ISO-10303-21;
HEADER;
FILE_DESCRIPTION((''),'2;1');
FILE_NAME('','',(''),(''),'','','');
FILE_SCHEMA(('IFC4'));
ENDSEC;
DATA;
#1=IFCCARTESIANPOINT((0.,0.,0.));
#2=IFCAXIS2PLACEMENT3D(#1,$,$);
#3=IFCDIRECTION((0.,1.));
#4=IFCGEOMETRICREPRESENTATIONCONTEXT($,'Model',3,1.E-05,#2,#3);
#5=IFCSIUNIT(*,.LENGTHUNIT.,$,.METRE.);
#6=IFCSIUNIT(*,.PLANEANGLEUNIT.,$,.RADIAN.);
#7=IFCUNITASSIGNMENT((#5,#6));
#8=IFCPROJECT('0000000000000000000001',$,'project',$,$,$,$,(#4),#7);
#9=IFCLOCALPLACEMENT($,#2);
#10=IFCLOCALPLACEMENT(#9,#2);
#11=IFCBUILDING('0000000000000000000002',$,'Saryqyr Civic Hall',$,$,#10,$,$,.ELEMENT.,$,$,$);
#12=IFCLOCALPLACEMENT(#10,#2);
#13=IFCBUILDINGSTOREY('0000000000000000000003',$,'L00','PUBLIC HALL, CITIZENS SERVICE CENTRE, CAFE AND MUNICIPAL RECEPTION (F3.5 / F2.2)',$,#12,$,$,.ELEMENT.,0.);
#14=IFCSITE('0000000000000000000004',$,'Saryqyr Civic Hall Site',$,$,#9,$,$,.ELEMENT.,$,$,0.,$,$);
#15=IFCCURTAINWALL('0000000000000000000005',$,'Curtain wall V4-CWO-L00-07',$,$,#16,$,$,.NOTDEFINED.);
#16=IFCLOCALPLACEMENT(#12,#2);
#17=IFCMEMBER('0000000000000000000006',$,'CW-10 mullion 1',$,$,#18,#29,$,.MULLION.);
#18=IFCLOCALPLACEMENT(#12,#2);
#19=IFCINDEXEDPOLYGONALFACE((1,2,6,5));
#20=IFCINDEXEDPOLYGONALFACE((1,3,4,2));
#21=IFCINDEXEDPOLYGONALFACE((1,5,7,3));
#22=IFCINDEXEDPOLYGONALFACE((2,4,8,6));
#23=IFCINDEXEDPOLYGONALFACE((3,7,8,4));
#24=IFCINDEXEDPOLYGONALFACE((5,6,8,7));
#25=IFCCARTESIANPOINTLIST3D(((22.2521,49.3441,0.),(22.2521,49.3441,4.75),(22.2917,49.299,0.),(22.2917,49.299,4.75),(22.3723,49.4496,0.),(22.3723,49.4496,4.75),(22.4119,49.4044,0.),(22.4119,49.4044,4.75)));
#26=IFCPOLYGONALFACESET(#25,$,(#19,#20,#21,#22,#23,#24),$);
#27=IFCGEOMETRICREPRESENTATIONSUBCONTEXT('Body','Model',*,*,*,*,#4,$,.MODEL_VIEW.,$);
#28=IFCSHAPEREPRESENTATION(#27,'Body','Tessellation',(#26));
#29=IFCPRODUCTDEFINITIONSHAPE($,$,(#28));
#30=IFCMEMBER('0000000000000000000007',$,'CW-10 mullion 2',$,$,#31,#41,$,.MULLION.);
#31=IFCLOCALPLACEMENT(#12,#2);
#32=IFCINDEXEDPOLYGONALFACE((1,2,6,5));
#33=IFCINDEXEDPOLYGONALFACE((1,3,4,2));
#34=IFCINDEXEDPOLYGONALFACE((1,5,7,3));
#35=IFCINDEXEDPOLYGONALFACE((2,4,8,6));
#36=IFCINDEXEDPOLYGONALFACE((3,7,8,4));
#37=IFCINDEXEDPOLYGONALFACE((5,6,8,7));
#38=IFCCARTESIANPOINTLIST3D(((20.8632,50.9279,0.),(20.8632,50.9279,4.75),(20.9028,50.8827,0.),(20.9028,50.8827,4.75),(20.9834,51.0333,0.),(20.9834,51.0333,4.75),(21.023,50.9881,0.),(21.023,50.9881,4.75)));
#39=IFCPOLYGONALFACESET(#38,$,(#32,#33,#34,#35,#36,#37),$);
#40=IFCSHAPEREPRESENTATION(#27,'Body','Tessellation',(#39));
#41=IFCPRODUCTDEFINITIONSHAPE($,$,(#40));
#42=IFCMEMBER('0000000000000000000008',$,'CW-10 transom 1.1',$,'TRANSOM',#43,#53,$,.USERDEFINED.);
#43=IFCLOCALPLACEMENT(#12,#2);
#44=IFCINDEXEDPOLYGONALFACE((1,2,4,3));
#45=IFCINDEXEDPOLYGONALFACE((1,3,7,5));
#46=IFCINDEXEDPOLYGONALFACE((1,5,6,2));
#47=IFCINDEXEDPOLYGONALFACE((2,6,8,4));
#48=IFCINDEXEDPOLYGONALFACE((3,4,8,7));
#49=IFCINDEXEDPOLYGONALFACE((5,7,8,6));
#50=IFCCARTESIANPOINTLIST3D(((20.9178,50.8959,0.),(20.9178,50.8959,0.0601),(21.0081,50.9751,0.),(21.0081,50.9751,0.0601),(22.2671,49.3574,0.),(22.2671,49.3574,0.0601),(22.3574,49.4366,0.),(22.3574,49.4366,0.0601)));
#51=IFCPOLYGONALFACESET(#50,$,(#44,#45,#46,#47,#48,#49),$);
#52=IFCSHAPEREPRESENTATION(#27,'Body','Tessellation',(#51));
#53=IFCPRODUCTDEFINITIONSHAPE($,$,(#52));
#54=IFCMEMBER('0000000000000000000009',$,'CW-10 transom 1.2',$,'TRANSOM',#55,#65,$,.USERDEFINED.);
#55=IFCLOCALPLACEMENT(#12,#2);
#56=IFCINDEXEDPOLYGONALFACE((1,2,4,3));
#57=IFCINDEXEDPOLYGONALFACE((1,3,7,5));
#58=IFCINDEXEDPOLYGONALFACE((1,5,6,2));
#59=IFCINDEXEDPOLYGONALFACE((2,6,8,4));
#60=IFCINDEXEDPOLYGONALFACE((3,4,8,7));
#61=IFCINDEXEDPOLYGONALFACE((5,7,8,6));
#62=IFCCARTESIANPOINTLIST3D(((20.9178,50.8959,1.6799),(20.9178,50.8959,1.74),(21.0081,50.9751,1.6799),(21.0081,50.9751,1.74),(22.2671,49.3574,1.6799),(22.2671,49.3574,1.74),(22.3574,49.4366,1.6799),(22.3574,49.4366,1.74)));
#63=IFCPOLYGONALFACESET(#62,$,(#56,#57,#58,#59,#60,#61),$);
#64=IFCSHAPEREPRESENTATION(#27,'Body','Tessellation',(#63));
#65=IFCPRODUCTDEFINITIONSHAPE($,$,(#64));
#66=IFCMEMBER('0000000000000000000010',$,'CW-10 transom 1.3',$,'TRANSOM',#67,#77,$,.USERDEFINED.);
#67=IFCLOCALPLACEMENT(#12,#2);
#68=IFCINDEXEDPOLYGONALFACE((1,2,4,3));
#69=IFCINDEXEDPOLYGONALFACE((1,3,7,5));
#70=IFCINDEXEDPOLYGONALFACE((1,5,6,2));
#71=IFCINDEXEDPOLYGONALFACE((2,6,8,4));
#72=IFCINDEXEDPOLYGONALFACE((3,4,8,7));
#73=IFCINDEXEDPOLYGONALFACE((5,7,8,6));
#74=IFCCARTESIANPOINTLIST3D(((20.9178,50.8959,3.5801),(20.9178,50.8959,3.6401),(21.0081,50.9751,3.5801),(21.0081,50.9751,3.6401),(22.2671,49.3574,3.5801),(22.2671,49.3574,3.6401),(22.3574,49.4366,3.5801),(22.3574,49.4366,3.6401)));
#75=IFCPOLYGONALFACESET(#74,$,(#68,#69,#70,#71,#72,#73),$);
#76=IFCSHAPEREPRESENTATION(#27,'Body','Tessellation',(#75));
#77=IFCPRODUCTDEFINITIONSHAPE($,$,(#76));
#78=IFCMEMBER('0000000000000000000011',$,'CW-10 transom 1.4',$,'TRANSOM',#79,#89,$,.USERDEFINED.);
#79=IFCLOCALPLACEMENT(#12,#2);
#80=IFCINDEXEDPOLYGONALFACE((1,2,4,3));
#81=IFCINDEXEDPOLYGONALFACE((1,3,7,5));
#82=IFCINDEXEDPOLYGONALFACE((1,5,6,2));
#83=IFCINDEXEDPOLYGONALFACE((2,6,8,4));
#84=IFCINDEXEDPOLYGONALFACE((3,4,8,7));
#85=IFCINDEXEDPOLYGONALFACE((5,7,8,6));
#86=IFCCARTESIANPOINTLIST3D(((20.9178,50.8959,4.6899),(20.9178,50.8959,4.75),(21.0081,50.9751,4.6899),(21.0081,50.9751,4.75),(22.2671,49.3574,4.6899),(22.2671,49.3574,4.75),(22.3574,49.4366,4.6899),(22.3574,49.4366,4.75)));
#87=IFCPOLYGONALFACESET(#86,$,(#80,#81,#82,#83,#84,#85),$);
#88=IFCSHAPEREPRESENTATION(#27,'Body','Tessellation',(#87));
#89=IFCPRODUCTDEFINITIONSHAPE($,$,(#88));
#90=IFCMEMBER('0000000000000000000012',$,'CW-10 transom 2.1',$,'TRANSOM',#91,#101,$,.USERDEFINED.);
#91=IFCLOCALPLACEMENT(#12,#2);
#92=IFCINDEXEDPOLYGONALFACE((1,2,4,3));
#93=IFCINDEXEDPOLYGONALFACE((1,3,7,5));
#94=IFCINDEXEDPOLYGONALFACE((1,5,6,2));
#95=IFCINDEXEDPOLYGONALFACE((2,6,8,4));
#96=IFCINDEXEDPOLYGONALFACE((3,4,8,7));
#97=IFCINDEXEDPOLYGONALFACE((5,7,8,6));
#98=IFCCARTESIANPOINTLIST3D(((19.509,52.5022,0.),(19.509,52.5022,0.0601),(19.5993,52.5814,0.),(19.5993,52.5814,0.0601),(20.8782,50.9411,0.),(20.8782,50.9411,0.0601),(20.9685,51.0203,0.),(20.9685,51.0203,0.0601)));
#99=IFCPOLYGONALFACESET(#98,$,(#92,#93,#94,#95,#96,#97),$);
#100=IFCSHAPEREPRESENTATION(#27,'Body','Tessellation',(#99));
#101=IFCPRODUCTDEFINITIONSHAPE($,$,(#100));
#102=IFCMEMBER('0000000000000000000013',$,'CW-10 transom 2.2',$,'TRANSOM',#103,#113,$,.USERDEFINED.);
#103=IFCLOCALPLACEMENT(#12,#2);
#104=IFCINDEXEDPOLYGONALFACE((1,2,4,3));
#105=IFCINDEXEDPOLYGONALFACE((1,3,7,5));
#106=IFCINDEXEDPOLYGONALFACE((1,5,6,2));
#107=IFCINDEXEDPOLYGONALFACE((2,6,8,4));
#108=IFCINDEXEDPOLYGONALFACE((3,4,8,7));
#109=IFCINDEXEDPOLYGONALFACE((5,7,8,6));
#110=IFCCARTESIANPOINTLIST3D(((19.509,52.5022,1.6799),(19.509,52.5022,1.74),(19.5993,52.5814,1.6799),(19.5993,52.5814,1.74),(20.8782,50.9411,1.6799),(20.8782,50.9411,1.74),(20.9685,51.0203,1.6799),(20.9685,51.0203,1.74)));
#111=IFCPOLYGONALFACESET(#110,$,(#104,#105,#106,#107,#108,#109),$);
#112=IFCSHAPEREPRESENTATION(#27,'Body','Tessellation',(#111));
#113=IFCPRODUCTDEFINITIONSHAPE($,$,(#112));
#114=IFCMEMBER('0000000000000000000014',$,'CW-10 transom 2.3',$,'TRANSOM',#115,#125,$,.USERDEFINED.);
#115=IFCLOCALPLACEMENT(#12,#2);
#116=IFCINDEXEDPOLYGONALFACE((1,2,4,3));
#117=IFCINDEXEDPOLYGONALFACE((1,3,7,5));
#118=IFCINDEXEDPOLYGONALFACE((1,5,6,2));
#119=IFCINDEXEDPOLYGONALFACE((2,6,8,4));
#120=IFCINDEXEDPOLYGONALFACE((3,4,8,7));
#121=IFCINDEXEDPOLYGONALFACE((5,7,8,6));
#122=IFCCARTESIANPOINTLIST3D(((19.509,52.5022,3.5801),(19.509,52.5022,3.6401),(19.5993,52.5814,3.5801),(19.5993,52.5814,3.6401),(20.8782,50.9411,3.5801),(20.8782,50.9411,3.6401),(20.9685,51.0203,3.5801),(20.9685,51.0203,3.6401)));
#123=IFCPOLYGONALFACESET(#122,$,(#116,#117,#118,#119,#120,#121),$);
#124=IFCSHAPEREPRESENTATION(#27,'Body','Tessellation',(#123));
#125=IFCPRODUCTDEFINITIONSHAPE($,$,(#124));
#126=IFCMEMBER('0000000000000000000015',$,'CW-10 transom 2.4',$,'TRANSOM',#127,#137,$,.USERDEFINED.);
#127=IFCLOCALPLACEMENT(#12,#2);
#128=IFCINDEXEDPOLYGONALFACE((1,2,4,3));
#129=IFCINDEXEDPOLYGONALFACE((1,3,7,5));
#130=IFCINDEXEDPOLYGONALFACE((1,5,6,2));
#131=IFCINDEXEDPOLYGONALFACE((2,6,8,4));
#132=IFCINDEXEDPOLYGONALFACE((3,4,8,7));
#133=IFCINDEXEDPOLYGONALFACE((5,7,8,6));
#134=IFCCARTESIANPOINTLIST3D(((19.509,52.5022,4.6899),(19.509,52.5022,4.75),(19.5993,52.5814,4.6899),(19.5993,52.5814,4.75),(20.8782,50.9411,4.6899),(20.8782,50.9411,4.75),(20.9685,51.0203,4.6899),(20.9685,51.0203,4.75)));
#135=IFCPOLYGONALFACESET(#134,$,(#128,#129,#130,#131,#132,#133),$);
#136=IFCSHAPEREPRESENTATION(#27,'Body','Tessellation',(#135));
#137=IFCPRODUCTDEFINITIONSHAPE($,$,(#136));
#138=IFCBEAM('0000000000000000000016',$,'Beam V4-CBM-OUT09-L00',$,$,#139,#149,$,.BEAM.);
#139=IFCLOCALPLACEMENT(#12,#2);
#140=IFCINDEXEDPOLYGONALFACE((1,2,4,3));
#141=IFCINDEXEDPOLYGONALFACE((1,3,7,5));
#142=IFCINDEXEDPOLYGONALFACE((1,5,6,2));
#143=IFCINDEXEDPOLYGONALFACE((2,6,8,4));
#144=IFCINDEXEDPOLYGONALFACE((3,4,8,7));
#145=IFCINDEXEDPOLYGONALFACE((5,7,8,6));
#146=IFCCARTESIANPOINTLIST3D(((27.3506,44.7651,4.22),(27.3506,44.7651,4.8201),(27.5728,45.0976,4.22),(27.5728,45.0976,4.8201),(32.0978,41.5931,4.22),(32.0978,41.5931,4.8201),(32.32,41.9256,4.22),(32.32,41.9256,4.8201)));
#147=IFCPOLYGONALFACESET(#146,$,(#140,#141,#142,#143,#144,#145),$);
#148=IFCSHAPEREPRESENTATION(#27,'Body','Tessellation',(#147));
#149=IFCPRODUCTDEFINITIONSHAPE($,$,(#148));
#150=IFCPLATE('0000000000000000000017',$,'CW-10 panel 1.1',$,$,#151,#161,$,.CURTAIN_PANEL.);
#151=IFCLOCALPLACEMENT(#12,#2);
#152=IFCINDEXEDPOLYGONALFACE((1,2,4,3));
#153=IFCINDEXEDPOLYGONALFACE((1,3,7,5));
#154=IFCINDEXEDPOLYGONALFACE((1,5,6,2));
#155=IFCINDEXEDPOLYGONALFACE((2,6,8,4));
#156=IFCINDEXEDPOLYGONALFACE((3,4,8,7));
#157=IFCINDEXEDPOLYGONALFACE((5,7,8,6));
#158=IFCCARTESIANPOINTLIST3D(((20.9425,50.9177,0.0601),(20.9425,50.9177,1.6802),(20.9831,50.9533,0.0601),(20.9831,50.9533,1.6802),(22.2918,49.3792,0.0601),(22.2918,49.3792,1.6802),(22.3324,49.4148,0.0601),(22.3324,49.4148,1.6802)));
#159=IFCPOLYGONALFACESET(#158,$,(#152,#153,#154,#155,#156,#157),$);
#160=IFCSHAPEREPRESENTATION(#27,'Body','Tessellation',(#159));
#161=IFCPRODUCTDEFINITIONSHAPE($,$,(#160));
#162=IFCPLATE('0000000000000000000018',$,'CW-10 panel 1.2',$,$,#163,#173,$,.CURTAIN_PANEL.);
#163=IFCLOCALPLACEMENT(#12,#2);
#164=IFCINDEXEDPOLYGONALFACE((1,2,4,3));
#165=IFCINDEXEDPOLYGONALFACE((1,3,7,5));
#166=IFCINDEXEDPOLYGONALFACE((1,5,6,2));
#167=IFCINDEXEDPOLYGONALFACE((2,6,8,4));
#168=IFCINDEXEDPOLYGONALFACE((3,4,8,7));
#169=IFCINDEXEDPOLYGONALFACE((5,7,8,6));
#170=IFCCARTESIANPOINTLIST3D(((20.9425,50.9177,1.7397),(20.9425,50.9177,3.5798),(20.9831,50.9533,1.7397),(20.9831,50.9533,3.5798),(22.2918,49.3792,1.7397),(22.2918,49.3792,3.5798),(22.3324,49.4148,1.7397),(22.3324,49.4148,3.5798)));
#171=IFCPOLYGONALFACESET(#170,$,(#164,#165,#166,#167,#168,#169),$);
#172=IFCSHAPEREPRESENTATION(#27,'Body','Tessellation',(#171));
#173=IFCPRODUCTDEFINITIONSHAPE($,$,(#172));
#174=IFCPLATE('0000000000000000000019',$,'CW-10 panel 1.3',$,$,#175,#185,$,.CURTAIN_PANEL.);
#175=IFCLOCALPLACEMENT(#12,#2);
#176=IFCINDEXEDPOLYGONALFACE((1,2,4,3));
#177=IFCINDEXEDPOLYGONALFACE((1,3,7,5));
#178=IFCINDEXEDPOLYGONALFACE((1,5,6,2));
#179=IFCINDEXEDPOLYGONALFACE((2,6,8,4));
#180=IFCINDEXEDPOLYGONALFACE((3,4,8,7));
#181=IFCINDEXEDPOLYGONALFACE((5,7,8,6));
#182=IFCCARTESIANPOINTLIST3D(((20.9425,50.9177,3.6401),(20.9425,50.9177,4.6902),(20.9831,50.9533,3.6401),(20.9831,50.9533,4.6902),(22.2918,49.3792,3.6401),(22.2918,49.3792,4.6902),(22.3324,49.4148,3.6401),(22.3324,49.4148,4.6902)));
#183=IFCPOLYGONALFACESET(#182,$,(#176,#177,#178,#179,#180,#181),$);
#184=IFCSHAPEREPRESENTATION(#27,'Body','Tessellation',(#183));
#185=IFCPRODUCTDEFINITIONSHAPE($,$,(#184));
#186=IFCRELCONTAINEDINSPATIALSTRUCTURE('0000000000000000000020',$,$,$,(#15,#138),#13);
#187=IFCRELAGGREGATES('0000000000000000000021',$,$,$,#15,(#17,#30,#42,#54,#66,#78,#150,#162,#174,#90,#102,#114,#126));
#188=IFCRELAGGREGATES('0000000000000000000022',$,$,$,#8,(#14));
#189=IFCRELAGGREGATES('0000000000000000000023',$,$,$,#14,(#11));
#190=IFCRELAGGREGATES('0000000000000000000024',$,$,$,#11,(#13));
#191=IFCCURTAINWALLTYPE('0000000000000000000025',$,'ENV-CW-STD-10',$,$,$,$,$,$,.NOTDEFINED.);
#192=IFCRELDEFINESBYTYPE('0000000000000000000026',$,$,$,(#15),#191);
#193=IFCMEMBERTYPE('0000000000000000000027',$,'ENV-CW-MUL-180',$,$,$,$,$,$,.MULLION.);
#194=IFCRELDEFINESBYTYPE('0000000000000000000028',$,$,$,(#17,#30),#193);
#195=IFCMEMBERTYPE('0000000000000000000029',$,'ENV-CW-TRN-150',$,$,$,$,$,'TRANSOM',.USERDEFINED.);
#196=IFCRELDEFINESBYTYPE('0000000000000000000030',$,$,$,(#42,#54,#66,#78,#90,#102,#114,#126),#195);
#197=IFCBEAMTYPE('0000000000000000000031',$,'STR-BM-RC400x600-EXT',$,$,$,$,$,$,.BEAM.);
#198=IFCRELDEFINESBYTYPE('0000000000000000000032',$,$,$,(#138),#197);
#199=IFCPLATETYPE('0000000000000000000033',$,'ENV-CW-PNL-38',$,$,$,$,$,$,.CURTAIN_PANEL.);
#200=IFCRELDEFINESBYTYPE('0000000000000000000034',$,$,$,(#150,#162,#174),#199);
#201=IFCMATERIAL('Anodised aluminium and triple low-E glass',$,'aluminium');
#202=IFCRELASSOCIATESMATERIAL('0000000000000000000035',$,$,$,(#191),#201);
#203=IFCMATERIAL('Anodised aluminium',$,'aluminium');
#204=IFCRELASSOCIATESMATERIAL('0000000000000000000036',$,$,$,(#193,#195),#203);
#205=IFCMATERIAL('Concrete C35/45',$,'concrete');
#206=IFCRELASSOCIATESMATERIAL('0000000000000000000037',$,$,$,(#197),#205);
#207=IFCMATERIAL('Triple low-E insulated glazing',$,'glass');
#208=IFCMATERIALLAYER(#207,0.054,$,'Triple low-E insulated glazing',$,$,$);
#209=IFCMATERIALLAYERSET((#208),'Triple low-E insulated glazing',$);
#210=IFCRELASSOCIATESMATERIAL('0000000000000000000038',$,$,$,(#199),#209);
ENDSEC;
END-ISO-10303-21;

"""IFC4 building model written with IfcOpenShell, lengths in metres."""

from ifc_helpers import new_model, si_unit, direction, frame, origin, origin_2d, place, context, subcontext, project, spatial, rectangle, extrude, material, layer, layer_set, material_profile, profile_set, type_object, element, aggregate, save


model = new_model("IFC4")

# Units and contexts
model_context = context("Model", 3, precision=1e-05, world=origin(), true_north=direction((0.0, 1.0)))
body_context = subcontext(model_context, "Body", "Model", "MODEL_VIEW")
ifc_project = project(units=[si_unit("LENGTHUNIT", "METRE"), si_unit("PLANEANGLEUNIT", "RADIAN")], contexts=[model_context])

# Site, building, storey
site_placement = place(None, origin())
site = spatial("IfcSite", under=ifc_project, at=site_placement, Name="Saryqyr Civic Hall Site", CompositionType="ELEMENT", RefElevation=0.0)
building_placement = place(site_placement, origin())
building = spatial("IfcBuilding", under=site, at=building_placement, Name="Saryqyr Civic Hall", CompositionType="ELEMENT")
storey_placement = place(building_placement, origin())
storey = spatial("IfcBuildingStorey", under=building, at=storey_placement, Name="L00", Description="PUBLIC HALL, CITIZENS SERVICE CENTRE, CAFE AND MUNICIPAL RECEPTION (F3.5 / F2.2)", CompositionType="ELEMENT", Elevation=0.0)

# Curtain wall, members
ifc_material_1 = material(Name="Anodised aluminium and triple low-E glass", Category="aluminium")
curtain_wall_type = type_object("IfcCurtainWallType", Name="ENV-CW-STD-10", PredefinedType="NOTDEFINED", material=ifc_material_1)
curtain_wall_placement = place(storey_placement, origin())
curtain_wall = element("IfcCurtainWall", 1, at=curtain_wall_placement, inside=storey, type_object=curtain_wall_type, Name="Curtain wall V4-CWO-L00-07", PredefinedType="NOTDEFINED")
ifc_material_2 = material(Name="Anodised aluminium", Category="aluminium")
ifc_material_profile_1 = material_profile(ifc_material_2, rectangle(XDim=0.0601, YDim=0.1599, at=origin_2d()), Name="ALU MULLION 60x160")
ifc_profile_set_1 = profile_set([ifc_material_profile_1], Name="Anodised aluminium")
member_type_1 = type_object("IfcMemberType", Name="ENV-CW-MUL-180", PredefinedType="MULLION", material=ifc_profile_set_1)
member_1_placement = place(storey_placement, frame((22.332, 49.3743, 0.0), z_axis=(0.0, 0.0, 1.0), x_axis=(-0.659349, 0.751837, 0.0)))
member_1 = element("IfcMember", 2, at=member_1_placement, type_object=member_type_1, Name="CW-10 mullion 1", PredefinedType="MULLION", context=body_context, shape_type="SweptSolid", body=[
    extrude(rectangle(XDim=0.0601, YDim=0.1599, at=origin_2d()), origin(), (0.0, 0.0, 1.0), 4.75),
])
member_2_placement = place(storey_placement, frame((20.9431, 50.958, 0.0), z_axis=(0.0, 0.0, 1.0), x_axis=(-0.659349, 0.751837, 0.0)))
member_2 = element("IfcMember", 3, at=member_2_placement, type_object=member_type_1, Name="CW-10 mullion 2", PredefinedType="MULLION", context=body_context, shape_type="SweptSolid", body=[
    extrude(rectangle(XDim=0.0601, YDim=0.1599, at=origin_2d()), origin(), (0.0, 0.0, 1.0), 4.75),
])
ifc_material_profile_2 = material_profile(ifc_material_2, rectangle(XDim=0.1201, YDim=0.0601, at=origin_2d()), Name="ALU TRANSOM 120x60")
ifc_profile_set_2 = profile_set([ifc_material_profile_2], Name="Anodised aluminium")
member_type_2 = type_object("IfcMemberType", Name="ENV-CW-TRN-150", ElementType="TRANSOM", PredefinedType="USERDEFINED", material=ifc_profile_set_2)
member_3_placement = place(storey_placement, frame((22.3123, 49.397, 0.03), z_axis=(-0.659366, 0.751822, 0.0), x_axis=(-0.751822, -0.659366, 0.0)))
member_3 = element("IfcMember", 4, at=member_3_placement, type_object=member_type_2, Name="CW-10 transom 1.1", ObjectType="TRANSOM", PredefinedType="USERDEFINED", context=body_context, shape_type="SweptSolid", body=[
    extrude(rectangle(XDim=0.1201, YDim=0.0601, at=origin_2d()), origin(), (0.0, 0.0, 1.0), 2.0464),
])
member_4_placement = place(storey_placement, frame((22.3123, 49.397, 1.71), z_axis=(-0.659366, 0.751822, 0.0), x_axis=(-0.751822, -0.659366, 0.0)))
member_4 = element("IfcMember", 5, at=member_4_placement, type_object=member_type_2, Name="CW-10 transom 1.2", ObjectType="TRANSOM", PredefinedType="USERDEFINED", context=body_context, shape_type="SweptSolid", body=[
    extrude(rectangle(XDim=0.1201, YDim=0.0601, at=origin_2d()), origin(), (0.0, 0.0, 1.0), 2.0464),
])
member_5_placement = place(storey_placement, frame((22.3123, 49.397, 3.6101), z_axis=(-0.659366, 0.751822, 0.0), x_axis=(-0.751822, -0.659366, 0.0)))
member_5 = element("IfcMember", 6, at=member_5_placement, type_object=member_type_2, Name="CW-10 transom 1.3", ObjectType="TRANSOM", PredefinedType="USERDEFINED", context=body_context, shape_type="SweptSolid", body=[
    extrude(rectangle(XDim=0.1201, YDim=0.0601, at=origin_2d()), origin(), (0.0, 0.0, 1.0), 2.0464),
])
member_6_placement = place(storey_placement, frame((22.3123, 49.397, 4.72), z_axis=(-0.659366, 0.751822, 0.0), x_axis=(-0.751822, -0.659366, 0.0)))
member_6 = element("IfcMember", 7, at=member_6_placement, type_object=member_type_2, Name="CW-10 transom 1.4", ObjectType="TRANSOM", PredefinedType="USERDEFINED", context=body_context, shape_type="SweptSolid", body=[
    extrude(rectangle(XDim=0.1201, YDim=0.0601, at=origin_2d()), origin(), (0.0, 0.0, 1.0), 2.0464),
])
member_7_placement = place(storey_placement, frame((20.9233, 50.9807, 0.03), z_axis=(-0.659387, 0.751804, 0.0), x_axis=(-0.751804, -0.659387, 0.0)))
member_7 = element("IfcMember", 8, at=member_7_placement, type_object=member_type_2, Name="CW-10 transom 2.1", ObjectType="TRANSOM", PredefinedType="USERDEFINED", context=body_context, shape_type="SweptSolid", body=[
    extrude(rectangle(XDim=0.1201, YDim=0.0601, at=origin_2d()), origin(), (0.0, 0.0, 1.0), 2.0764),
])
member_8_placement = place(storey_placement, frame((20.9233, 50.9807, 1.71), z_axis=(-0.659387, 0.751804, 0.0), x_axis=(-0.751804, -0.659387, 0.0)))
member_8 = element("IfcMember", 9, at=member_8_placement, type_object=member_type_2, Name="CW-10 transom 2.2", ObjectType="TRANSOM", PredefinedType="USERDEFINED", context=body_context, shape_type="SweptSolid", body=[
    extrude(rectangle(XDim=0.1201, YDim=0.0601, at=origin_2d()), origin(), (0.0, 0.0, 1.0), 2.0764),
])
member_9_placement = place(storey_placement, frame((20.9233, 50.9807, 3.6101), z_axis=(-0.659387, 0.751804, 0.0), x_axis=(-0.751804, -0.659387, 0.0)))
member_9 = element("IfcMember", 10, at=member_9_placement, type_object=member_type_2, Name="CW-10 transom 2.3", ObjectType="TRANSOM", PredefinedType="USERDEFINED", context=body_context, shape_type="SweptSolid", body=[
    extrude(rectangle(XDim=0.1201, YDim=0.0601, at=origin_2d()), origin(), (0.0, 0.0, 1.0), 2.0764),
])
member_10_placement = place(storey_placement, frame((20.9233, 50.9807, 4.72), z_axis=(-0.659387, 0.751804, 0.0), x_axis=(-0.751804, -0.659387, 0.0)))
member_10 = element("IfcMember", 11, at=member_10_placement, type_object=member_type_2, Name="CW-10 transom 2.4", ObjectType="TRANSOM", PredefinedType="USERDEFINED", context=body_context, shape_type="SweptSolid", body=[
    extrude(rectangle(XDim=0.1201, YDim=0.0601, at=origin_2d()), origin(), (0.0, 0.0, 1.0), 2.0764),
])

# Beam
ifc_material_3 = material(Name="Concrete C35/45", Category="concrete")
ifc_material_profile_3 = material_profile(ifc_material_3, rectangle(XDim=0.3999, YDim=0.6001, at=origin_2d()), Name="RC 400x600")
ifc_profile_set_3 = profile_set([ifc_material_profile_3], Name="Concrete C35/45")
beam_type = type_object("IfcBeamType", Name="STR-BM-RC400x600-EXT", PredefinedType="BEAM", material=ifc_profile_set_3)
beam_placement = place(storey_placement, frame((27.4617, 44.9314, 4.52), z_axis=(0.831464, -0.555578, 0.0), x_axis=(0.555578, 0.831464, 0.0)))
element("IfcBeam", 12, at=beam_placement, inside=storey, type_object=beam_type, Name="Beam V4-CBM-OUT09-L00", PredefinedType="BEAM", context=body_context, shape_type="SweptSolid", body=[
    extrude(rectangle(XDim=0.3999, YDim=0.6001, at=origin_2d()), origin(), (0.0, 0.0, 1.0), 5.7095),
])

# Plates
ifc_material_4 = material(Name="Triple low-E insulated glazing", Category="glass")
ifc_layer_1 = layer(ifc_material_4, 0.054, Name="Triple low-E insulated glazing")
ifc_layer_set_1 = layer_set([ifc_layer_1], Name="Triple low-E insulated glazing")
plate_type = type_object("IfcPlateType", Name="ENV-CW-PNL-38", PredefinedType="CURTAIN_PANEL", material=ifc_layer_set_1)
plate_1_placement = place(storey_placement, frame((21.6375, 50.1663, 0.0601), z_axis=(0.0, 0.0, 1.0), x_axis=(-0.659349, 0.751837, 0.0)))
plate_1 = element("IfcPlate", 13, at=plate_1_placement, type_object=plate_type, Name="CW-10 panel 1.1", PredefinedType="CURTAIN_PANEL", context=body_context, shape_type="SweptSolid", body=[
    extrude(rectangle(XDim=2.0464, YDim=0.054, at=origin_2d()), origin(), (0.0, 0.0, 1.0), 1.6201),
])
plate_2_placement = place(storey_placement, frame((21.6375, 50.1663, 1.7397), z_axis=(0.0, 0.0, 1.0), x_axis=(-0.659349, 0.751837, 0.0)))
plate_2 = element("IfcPlate", 14, at=plate_2_placement, type_object=plate_type, Name="CW-10 panel 1.2", PredefinedType="CURTAIN_PANEL", context=body_context, shape_type="SweptSolid", body=[
    extrude(rectangle(XDim=2.0464, YDim=0.054, at=origin_2d()), origin(), (0.0, 0.0, 1.0), 1.8401),
])
plate_3_placement = place(storey_placement, frame((21.6375, 50.1663, 3.6401), z_axis=(0.0, 0.0, 1.0), x_axis=(-0.659349, 0.751837, 0.0)))
plate_3 = element("IfcPlate", 15, at=plate_3_placement, type_object=plate_type, Name="CW-10 panel 1.3", PredefinedType="CURTAIN_PANEL", context=body_context, shape_type="SweptSolid", body=[
    extrude(rectangle(XDim=2.0464, YDim=0.054, at=origin_2d()), origin(), (0.0, 0.0, 1.0), 1.05),
])
aggregate(curtain_wall, [member_1, member_2, member_3, member_4, member_5, member_6, plate_1, plate_2, plate_3, member_7, member_8, member_9, member_10])

save(model, "model.ifc")
